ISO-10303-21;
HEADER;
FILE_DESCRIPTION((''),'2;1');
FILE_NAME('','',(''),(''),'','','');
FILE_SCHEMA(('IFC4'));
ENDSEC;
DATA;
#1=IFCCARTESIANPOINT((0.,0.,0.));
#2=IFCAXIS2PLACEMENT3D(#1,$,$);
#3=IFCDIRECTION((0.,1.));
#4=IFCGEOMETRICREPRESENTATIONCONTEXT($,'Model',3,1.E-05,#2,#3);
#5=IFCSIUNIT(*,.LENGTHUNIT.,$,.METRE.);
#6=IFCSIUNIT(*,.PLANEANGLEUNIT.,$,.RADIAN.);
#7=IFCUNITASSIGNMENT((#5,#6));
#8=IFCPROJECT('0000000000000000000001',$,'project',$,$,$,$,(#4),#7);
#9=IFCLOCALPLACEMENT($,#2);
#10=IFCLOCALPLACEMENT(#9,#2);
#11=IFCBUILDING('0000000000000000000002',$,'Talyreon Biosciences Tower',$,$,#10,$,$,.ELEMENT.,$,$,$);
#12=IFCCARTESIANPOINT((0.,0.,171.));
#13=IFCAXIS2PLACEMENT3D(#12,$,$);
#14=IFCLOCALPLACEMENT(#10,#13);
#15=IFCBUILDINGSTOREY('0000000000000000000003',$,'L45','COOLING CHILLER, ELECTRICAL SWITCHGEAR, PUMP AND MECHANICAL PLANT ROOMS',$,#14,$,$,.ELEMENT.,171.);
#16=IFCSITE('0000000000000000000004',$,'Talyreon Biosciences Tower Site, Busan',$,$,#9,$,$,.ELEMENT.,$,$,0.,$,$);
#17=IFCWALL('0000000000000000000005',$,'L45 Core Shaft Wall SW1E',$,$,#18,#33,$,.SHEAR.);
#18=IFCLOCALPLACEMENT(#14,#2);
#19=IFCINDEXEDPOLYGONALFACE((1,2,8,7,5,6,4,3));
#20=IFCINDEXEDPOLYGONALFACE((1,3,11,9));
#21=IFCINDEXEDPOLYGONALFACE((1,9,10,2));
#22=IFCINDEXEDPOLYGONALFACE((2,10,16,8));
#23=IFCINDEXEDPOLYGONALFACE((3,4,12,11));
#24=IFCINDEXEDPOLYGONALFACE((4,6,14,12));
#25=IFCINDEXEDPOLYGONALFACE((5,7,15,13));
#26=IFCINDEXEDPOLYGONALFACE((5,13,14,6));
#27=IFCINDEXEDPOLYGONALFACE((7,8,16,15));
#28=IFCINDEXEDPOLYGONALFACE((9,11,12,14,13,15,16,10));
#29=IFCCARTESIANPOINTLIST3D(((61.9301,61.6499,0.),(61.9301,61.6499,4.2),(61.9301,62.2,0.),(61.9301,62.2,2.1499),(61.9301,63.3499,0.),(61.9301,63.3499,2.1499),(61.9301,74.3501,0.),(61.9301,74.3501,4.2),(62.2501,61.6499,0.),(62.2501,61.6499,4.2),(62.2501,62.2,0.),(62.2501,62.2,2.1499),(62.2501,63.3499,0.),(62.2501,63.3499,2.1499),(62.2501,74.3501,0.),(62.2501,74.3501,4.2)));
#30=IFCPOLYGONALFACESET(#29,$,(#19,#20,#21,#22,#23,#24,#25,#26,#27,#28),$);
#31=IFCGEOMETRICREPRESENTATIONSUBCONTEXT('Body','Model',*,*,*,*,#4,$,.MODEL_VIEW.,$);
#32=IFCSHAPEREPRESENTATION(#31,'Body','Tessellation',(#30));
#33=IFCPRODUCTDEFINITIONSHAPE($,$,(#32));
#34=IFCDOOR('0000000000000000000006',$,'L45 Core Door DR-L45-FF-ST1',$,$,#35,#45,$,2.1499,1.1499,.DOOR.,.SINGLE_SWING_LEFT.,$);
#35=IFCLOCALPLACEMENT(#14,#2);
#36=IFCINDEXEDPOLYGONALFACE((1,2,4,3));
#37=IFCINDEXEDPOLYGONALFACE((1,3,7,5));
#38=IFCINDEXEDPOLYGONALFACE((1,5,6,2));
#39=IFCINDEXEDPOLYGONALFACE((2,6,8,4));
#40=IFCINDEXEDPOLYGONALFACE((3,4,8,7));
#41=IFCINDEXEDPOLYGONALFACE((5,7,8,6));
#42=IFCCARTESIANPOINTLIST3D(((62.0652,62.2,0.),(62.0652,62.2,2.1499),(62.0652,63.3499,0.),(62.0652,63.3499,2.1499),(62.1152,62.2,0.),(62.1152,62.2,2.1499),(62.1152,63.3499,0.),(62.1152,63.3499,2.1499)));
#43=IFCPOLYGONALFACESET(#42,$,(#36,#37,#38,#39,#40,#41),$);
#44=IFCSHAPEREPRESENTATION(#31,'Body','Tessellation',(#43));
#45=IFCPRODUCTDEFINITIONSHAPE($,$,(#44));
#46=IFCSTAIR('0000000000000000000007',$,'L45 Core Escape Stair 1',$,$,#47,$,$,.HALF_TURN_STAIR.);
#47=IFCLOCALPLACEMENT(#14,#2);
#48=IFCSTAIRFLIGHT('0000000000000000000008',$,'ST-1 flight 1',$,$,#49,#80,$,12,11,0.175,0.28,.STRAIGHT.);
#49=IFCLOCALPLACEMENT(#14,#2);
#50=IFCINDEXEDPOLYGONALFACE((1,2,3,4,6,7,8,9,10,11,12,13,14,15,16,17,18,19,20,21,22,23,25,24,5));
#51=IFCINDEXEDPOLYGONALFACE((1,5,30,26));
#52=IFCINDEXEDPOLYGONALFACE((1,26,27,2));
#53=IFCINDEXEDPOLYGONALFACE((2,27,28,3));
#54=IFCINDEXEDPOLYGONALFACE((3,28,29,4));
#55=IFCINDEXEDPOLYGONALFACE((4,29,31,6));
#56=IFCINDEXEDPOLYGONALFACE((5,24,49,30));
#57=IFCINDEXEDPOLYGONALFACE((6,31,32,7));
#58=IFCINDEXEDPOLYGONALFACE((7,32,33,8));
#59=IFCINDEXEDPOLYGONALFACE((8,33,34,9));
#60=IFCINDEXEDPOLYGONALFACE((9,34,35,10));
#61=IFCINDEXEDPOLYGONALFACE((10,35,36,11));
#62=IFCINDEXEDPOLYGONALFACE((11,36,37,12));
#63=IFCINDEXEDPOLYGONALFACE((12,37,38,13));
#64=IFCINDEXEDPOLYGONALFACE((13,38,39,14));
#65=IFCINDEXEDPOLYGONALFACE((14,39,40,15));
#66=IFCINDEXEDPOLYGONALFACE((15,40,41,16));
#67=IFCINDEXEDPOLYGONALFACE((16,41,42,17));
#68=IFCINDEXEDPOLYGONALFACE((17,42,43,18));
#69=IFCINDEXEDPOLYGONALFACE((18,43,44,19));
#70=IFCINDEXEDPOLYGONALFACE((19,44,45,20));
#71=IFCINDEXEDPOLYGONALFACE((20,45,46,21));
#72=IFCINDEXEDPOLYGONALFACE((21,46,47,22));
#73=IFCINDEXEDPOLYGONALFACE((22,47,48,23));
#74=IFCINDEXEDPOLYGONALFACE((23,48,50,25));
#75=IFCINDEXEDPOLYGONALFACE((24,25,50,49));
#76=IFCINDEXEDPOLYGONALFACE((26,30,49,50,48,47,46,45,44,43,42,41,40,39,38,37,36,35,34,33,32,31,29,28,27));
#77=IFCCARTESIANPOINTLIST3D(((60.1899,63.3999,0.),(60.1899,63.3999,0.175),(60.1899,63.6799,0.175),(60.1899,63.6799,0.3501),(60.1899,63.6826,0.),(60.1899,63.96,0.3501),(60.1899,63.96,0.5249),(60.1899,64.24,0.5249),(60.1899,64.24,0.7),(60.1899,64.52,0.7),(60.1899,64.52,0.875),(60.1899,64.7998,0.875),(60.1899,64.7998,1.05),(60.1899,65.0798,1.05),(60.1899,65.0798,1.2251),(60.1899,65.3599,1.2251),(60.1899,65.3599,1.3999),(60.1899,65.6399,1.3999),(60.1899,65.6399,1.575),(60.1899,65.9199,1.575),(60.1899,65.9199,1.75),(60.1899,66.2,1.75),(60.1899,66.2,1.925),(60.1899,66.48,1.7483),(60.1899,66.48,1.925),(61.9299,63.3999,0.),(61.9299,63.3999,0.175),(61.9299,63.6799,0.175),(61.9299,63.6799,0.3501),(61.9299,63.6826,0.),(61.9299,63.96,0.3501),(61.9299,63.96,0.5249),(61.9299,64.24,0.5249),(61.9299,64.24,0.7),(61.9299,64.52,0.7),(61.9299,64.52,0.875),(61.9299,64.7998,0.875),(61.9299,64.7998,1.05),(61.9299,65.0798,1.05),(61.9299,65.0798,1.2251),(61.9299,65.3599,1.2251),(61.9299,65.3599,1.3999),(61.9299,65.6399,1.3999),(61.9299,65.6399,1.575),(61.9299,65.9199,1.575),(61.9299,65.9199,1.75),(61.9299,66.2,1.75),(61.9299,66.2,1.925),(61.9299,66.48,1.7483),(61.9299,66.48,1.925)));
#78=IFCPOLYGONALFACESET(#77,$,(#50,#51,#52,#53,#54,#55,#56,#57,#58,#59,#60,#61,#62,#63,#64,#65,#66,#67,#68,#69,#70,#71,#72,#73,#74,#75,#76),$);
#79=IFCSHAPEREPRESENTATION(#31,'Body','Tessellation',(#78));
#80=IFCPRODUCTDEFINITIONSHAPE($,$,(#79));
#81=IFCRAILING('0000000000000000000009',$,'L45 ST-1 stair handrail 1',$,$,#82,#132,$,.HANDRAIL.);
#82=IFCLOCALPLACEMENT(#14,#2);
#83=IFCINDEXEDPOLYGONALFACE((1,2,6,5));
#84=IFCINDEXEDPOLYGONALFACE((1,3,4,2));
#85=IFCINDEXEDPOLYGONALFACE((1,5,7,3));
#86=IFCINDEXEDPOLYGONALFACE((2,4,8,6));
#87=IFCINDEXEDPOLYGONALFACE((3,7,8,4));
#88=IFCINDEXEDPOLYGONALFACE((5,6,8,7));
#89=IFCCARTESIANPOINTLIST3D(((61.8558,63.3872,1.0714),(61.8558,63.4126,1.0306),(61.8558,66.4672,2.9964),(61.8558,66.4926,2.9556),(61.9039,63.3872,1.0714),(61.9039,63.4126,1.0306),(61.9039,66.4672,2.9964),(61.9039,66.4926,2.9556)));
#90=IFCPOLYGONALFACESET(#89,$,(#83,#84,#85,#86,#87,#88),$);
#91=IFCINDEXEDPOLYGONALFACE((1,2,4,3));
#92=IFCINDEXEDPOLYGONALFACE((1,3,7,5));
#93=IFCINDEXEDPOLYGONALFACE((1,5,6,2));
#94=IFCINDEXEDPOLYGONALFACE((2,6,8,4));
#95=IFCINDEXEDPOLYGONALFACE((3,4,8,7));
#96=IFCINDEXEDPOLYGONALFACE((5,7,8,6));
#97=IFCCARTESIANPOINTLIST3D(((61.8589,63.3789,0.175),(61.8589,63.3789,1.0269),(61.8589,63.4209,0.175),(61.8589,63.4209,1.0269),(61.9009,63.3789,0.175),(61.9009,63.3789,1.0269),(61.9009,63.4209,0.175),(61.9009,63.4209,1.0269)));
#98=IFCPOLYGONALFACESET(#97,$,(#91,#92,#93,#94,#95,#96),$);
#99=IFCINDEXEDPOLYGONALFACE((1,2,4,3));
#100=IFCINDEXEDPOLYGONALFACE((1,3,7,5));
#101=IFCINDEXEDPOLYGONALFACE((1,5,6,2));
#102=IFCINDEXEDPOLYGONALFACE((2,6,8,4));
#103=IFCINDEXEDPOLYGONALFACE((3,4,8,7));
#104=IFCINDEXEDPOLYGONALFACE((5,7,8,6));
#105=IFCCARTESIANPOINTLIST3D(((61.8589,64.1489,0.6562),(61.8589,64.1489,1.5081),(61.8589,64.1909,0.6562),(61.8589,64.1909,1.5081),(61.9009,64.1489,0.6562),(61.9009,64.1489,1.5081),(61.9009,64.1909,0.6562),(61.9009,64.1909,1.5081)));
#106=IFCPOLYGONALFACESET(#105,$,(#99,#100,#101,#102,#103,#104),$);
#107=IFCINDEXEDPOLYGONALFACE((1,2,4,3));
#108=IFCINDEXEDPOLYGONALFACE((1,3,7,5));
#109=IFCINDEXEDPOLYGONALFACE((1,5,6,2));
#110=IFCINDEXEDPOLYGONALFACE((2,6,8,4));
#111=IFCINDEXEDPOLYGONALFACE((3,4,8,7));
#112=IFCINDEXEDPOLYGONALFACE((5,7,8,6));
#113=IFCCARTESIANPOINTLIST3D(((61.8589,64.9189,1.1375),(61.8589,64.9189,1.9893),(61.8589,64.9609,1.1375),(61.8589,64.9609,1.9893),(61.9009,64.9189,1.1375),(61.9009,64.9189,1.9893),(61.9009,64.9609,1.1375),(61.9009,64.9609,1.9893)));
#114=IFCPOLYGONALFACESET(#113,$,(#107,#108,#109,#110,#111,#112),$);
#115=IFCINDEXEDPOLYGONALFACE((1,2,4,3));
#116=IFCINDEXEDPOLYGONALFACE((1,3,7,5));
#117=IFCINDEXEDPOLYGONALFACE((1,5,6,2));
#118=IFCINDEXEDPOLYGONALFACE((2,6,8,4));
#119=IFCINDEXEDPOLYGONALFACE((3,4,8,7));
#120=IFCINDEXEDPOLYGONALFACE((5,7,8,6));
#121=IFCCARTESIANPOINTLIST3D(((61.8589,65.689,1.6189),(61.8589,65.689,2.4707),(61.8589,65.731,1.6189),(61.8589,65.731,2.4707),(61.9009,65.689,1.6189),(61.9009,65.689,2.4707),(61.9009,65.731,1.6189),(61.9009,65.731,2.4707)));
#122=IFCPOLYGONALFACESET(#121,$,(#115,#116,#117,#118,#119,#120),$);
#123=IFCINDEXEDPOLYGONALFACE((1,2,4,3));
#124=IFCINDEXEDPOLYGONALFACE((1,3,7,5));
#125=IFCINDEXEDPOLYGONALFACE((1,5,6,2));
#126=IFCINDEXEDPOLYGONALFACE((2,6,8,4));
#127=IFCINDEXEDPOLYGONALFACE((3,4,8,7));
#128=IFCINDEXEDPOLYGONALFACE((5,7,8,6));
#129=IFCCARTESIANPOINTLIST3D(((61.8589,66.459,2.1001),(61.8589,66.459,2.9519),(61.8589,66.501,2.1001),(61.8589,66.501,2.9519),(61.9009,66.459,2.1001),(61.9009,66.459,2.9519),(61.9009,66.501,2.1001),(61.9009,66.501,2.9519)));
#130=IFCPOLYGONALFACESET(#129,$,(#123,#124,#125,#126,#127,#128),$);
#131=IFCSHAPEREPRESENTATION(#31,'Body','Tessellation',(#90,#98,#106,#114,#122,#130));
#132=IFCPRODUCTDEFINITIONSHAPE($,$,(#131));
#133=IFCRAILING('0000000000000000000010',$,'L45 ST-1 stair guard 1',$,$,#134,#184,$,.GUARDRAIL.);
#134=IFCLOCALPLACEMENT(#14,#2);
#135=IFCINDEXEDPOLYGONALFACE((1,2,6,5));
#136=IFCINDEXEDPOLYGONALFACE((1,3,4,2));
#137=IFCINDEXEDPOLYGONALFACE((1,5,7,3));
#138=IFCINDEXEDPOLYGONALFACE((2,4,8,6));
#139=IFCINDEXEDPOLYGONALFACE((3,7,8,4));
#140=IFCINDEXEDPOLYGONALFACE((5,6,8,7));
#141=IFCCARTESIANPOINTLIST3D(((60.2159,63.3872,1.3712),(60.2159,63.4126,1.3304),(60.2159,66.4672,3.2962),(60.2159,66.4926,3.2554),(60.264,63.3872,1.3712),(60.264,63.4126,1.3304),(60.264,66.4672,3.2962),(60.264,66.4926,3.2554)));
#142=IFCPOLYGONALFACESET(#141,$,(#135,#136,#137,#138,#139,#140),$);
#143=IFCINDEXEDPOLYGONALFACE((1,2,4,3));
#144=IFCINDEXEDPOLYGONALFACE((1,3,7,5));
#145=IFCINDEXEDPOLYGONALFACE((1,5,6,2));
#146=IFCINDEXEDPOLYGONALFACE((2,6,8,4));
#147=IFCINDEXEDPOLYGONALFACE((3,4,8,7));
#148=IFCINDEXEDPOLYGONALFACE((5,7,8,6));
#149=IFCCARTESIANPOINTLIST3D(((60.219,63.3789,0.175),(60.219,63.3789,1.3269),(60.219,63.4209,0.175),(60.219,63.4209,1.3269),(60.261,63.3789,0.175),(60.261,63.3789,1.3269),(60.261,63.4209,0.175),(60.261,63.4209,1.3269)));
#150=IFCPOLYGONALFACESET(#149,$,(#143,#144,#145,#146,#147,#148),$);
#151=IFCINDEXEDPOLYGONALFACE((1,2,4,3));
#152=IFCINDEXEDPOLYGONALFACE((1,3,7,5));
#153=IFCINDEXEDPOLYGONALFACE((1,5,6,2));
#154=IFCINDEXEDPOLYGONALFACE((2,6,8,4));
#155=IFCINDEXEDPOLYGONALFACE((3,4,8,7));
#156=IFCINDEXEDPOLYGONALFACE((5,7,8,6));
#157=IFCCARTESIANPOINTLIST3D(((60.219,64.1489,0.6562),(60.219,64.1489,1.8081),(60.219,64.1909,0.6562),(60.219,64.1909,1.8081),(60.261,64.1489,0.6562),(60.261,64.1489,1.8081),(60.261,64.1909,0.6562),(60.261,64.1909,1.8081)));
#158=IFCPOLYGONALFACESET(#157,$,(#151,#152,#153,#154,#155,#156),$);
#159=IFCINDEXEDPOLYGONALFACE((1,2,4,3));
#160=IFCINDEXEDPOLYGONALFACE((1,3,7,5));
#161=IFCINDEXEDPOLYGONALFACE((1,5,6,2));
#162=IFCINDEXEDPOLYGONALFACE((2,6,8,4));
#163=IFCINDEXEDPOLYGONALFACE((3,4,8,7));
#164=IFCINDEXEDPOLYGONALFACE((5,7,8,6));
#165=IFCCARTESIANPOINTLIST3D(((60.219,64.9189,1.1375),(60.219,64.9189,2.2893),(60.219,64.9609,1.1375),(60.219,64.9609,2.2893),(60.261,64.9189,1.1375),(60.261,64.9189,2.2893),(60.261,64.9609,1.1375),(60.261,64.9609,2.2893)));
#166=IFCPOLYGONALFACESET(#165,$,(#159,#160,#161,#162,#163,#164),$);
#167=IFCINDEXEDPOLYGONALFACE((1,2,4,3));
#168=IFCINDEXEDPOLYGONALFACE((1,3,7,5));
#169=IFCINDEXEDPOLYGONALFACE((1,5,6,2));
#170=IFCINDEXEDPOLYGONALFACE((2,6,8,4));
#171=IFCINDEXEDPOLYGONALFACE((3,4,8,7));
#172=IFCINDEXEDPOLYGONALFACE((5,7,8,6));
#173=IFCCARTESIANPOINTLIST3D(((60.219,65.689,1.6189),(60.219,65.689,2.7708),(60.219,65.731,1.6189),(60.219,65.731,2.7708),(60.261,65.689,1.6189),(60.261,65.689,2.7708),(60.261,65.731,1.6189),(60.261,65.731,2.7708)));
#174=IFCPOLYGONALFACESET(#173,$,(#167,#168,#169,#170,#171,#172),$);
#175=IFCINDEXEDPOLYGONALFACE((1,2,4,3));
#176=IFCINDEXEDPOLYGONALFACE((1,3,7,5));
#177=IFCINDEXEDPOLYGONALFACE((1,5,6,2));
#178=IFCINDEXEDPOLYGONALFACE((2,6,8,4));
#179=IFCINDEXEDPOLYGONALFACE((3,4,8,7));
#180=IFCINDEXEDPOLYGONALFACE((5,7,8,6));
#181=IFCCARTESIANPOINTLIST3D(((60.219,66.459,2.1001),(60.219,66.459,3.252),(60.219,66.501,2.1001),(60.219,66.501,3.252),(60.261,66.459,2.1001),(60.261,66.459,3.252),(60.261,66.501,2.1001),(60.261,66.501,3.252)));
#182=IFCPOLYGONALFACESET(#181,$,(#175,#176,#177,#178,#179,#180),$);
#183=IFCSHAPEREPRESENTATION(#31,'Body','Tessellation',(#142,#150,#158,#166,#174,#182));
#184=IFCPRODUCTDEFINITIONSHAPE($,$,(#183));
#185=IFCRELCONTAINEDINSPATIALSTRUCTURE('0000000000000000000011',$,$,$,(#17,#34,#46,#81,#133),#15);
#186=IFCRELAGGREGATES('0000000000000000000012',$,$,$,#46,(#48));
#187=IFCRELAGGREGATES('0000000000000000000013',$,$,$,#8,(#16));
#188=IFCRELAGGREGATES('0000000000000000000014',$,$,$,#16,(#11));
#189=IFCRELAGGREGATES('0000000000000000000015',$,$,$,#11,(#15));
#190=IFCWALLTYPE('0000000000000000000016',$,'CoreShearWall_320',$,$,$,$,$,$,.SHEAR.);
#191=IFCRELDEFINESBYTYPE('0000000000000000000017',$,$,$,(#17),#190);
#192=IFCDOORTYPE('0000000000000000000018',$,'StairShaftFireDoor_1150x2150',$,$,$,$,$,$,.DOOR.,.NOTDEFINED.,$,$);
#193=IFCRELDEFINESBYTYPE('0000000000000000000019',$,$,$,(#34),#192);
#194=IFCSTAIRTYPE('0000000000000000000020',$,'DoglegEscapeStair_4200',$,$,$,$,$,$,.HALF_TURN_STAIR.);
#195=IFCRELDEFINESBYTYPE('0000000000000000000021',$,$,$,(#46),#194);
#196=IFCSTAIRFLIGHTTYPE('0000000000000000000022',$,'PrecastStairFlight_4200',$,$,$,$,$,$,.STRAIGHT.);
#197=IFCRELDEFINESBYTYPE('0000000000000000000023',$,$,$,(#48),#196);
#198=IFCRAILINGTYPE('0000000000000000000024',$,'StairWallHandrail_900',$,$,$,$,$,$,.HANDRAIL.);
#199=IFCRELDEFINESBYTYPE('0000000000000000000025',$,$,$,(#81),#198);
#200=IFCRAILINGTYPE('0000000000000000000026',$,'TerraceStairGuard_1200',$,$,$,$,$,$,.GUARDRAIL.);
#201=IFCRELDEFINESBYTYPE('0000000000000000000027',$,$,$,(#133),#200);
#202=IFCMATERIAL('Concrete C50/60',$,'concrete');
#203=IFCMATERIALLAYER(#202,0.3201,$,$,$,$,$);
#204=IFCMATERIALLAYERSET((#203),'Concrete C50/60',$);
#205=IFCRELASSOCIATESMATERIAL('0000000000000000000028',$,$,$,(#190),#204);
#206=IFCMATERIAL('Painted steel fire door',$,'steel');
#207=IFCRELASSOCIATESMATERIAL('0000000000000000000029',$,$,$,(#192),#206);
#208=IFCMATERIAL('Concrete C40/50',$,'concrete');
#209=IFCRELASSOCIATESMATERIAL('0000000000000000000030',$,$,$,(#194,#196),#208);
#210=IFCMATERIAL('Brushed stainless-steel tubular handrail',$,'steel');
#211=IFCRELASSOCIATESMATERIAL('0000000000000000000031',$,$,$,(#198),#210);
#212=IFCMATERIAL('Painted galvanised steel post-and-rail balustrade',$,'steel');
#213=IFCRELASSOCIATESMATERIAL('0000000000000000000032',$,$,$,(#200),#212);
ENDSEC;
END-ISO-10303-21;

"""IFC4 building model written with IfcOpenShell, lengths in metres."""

from ifc_helpers import new_model, si_unit, direction, frame, frame_2d, origin, origin_2d, place, context, subcontext, project, spatial, polyline, rectangle, outline, extrude, material, layer, layer_set, type_object, element, fill, aggregate, save


model = new_model("IFC4")

# Units and contexts
model_context = context("Model", 3, precision=1e-05, world=origin(), true_north=direction((0.0, 1.0)))
body_context = subcontext(model_context, "Body", "Model", "MODEL_VIEW")
ifc_project = project(units=[si_unit("LENGTHUNIT", "METRE"), si_unit("PLANEANGLEUNIT", "RADIAN")], contexts=[model_context])

# Site, building, storey
site_placement = place(None, origin())
site = spatial("IfcSite", under=ifc_project, at=site_placement, Name="Talyreon Biosciences Tower Site, Busan", CompositionType="ELEMENT", RefElevation=0.0)
building_placement = place(site_placement, origin())
building = spatial("IfcBuilding", under=site, at=building_placement, Name="Talyreon Biosciences Tower", CompositionType="ELEMENT")
storey_placement = place(building_placement, frame((0.0, 0.0, 171.0)))
storey = spatial("IfcBuildingStorey", under=building, at=storey_placement, Name="L45", Description="COOLING CHILLER, ELECTRICAL SWITCHGEAR, PUMP AND MECHANICAL PLANT ROOMS", CompositionType="ELEMENT", Elevation=171.0)

# Shared definitions
ifc_material_1 = material(Name="Concrete C50/60", Category="concrete")

# Wall, opening, door
ifc_layer_1 = layer(ifc_material_1, 0.3201)
ifc_layer_set_1 = layer_set([ifc_layer_1], Name="Concrete C50/60")
wall_type_1 = type_object("IfcWallType", Name="CoreShearWall_320", PredefinedType="SHEAR", material=ifc_layer_set_1)
wall_1_placement = place(storey_placement, frame((62.0901, 61.6499, 0.0), z_axis=(0.0, 0.0, 1.0), x_axis=(0.0, 1.0, 0.0)))
wall_1 = element("IfcWall", 1, at=wall_1_placement, inside=storey, type_object=wall_type_1, Name="L45 Core Shaft Wall SW1E", PredefinedType="SHEAR", context=body_context, shape_type="SweptSolid", body=[
    extrude(rectangle(XDim=12.7002, YDim=0.3201, at=frame_2d((6.3501, 0.0))), origin(), (0.0, 0.0, 1.0), 4.2),
])
opening_1_placement = place(wall_1_placement, frame((0.55, 0.0, 0.0)))
opening_1 = element("IfcOpeningElement", 2, at=opening_1_placement, cuts=wall_1, PredefinedType="OPENING", context=body_context, shape_type="SweptSolid", body=[
    extrude(rectangle(XDim=1.1499, YDim=2.1499, at=frame_2d((0.575, 1.075))), frame((0.0, 0.1699, 0.0), z_axis=(0.0, -1.0, 0.0), x_axis=(1.0, 0.0, 0.0)), (0.0, 0.0, 1.0), 0.3401),
])
ifc_material_2 = material(Name="Painted steel fire door", Category="steel")
door_type_1 = type_object("IfcDoorType", Name="StairShaftFireDoor_1150x2150", OperationType="NOTDEFINED", PredefinedType="DOOR", material=ifc_material_2)
door_1_placement = place(opening_1_placement, origin())
door_1 = element("IfcDoor", 3, at=door_1_placement, inside=storey, type_object=door_type_1, Name="L45 Core Door DR-L45-FF-ST1", OperationType="SINGLE_SWING_LEFT", OverallHeight=2.1499, OverallWidth=1.1499, PredefinedType="DOOR", context=body_context, shape_type="SweptSolid", body=[
    extrude(rectangle(XDim=1.1499, YDim=2.1499, at=frame_2d((0.575, 1.075))), frame((0.0, 0.0249, 0.0), z_axis=(0.0, -1.0, 0.0), x_axis=(1.0, 0.0, 0.0)), (0.0, 0.0, 1.0), 0.05),
])
fill(opening_1, door_1)

# Stair, stair flight
ifc_material_3 = material(Name="Concrete C40/50", Category="concrete")
stair_type = type_object("IfcStairType", Name="DoglegEscapeStair_4200", PredefinedType="HALF_TURN_STAIR", material=ifc_material_3)
stair_placement = place(storey_placement, origin())
stair = element("IfcStair", 4, at=stair_placement, inside=storey, type_object=stair_type, Name="L45 Core Escape Stair 1", PredefinedType="HALF_TURN_STAIR")
stair_flight_type = type_object("IfcStairFlightType", Name="PrecastStairFlight_4200", PredefinedType="STRAIGHT", material=ifc_material_3)
stair_flight_placement = place(storey_placement, frame((61.0601, 63.3999, 0.0), z_axis=(0.0, 0.0, 1.0), x_axis=(0.0, 1.0, 0.0)))
stair_flight = element("IfcStairFlight", 5, at=stair_flight_placement, type_object=stair_flight_type, Name="ST-1 flight 1", NumberOfRisers=12, NumberOfTreads=11, PredefinedType="STRAIGHT", RiserHeight=0.175, TreadLength=0.28, context=body_context, shape_type="SweptSolid", body=[
    extrude(outline(polyline([(0.0, 0.0), (0.0, 0.175), (0.28, 0.175), (0.28, 0.3501), (0.5601, 0.3501), (0.5601, 0.5249), (0.8401, 0.5249), (0.8401, 0.7), (1.1201, 0.7), (1.1201, 0.875), (1.3999, 0.875), (1.3999, 1.05), (1.6799, 1.05), (1.6799, 1.2251), (1.96, 1.2251), (1.96, 1.3999), (2.24, 1.3999), (2.24, 1.575), (2.52, 1.575), (2.52, 1.75), (2.8, 1.75), (2.8, 1.925), (3.0801, 1.925), (3.0801, 2.1001), (3.0801, 1.7483), (0.2827, 0.0), (0.0, 0.0)])), frame((0.0, 0.8701, 0.0), z_axis=(0.0, -1.0, 0.0), x_axis=(1.0, 0.0, 0.0)), (0.0, 0.0, 1.0), 1.74),
])
aggregate(stair, [stair_flight])

# Railings
ifc_material_4 = material(Name="Brushed stainless-steel tubular handrail", Category="steel")
railing_type_1 = type_object("IfcRailingType", Name="StairWallHandrail_900", PredefinedType="HANDRAIL", material=ifc_material_4)
railing_1_placement = place(storey_placement, frame((61.8799, 63.3999, 0.175)))
element("IfcRailing", 6, at=railing_1_placement, inside=storey, type_object=railing_type_1, Name="L45 ST-1 stair handrail 1", PredefinedType="HANDRAIL", context=body_context, shape_type="SweptSolid", body=[
    extrude(rectangle(XDim=0.0481, YDim=0.0481, at=origin_2d()), frame((0.0, 0.0, 0.876), z_axis=(0.0, 0.847998, 0.529999), x_axis=(-1.0, 0.0, 0.0)), (0.0, 0.0, 1.0), 3.6321),
    extrude(rectangle(XDim=0.042, YDim=0.042, at=origin_2d()), origin(), (0.0, 0.0, 1.0), 0.8518),
    extrude(rectangle(XDim=0.042, YDim=0.042, at=origin_2d()), frame((0.0, 0.77, 0.4812)), (0.0, 0.0, 1.0), 0.8518),
    extrude(rectangle(XDim=0.042, YDim=0.042, at=origin_2d()), frame((0.0, 1.54, 0.9624)), (0.0, 0.0, 1.0), 0.8518),
    extrude(rectangle(XDim=0.042, YDim=0.042, at=origin_2d()), frame((0.0, 2.3101, 1.4438)), (0.0, 0.0, 1.0), 0.8518),
    extrude(rectangle(XDim=0.042, YDim=0.042, at=origin_2d()), frame((0.0, 3.0801, 1.925)), (0.0, 0.0, 1.0), 0.8518),
])
ifc_material_5 = material(Name="Painted galvanised steel post-and-rail balustrade", Category="steel")
railing_type_2 = type_object("IfcRailingType", Name="TerraceStairGuard_1200", PredefinedType="GUARDRAIL", material=ifc_material_5)
railing_2_placement = place(storey_placement, frame((60.24, 63.3999, 0.175)))
element("IfcRailing", 7, at=railing_2_placement, inside=storey, type_object=railing_type_2, Name="L45 ST-1 stair guard 1", PredefinedType="GUARDRAIL", context=body_context, shape_type="SweptSolid", body=[
    extrude(rectangle(XDim=0.0481, YDim=0.0481, at=origin_2d()), frame((0.0, 0.0, 1.1758), z_axis=(0.0, 0.847998, 0.529999), x_axis=(-1.0, 0.0, 0.0)), (0.0, 0.0, 1.0), 3.6321),
    extrude(rectangle(XDim=0.042, YDim=0.042, at=origin_2d()), origin(), (0.0, 0.0, 1.0), 1.1519),
    extrude(rectangle(XDim=0.042, YDim=0.042, at=origin_2d()), frame((0.0, 0.77, 0.4812)), (0.0, 0.0, 1.0), 1.1519),
    extrude(rectangle(XDim=0.042, YDim=0.042, at=origin_2d()), frame((0.0, 1.54, 0.9624)), (0.0, 0.0, 1.0), 1.1519),
    extrude(rectangle(XDim=0.042, YDim=0.042, at=origin_2d()), frame((0.0, 2.3101, 1.4438)), (0.0, 0.0, 1.0), 1.1519),
    extrude(rectangle(XDim=0.042, YDim=0.042, at=origin_2d()), frame((0.0, 3.0801, 1.925)), (0.0, 0.0, 1.0), 1.1519),
])

save(model, "model.ifc")
